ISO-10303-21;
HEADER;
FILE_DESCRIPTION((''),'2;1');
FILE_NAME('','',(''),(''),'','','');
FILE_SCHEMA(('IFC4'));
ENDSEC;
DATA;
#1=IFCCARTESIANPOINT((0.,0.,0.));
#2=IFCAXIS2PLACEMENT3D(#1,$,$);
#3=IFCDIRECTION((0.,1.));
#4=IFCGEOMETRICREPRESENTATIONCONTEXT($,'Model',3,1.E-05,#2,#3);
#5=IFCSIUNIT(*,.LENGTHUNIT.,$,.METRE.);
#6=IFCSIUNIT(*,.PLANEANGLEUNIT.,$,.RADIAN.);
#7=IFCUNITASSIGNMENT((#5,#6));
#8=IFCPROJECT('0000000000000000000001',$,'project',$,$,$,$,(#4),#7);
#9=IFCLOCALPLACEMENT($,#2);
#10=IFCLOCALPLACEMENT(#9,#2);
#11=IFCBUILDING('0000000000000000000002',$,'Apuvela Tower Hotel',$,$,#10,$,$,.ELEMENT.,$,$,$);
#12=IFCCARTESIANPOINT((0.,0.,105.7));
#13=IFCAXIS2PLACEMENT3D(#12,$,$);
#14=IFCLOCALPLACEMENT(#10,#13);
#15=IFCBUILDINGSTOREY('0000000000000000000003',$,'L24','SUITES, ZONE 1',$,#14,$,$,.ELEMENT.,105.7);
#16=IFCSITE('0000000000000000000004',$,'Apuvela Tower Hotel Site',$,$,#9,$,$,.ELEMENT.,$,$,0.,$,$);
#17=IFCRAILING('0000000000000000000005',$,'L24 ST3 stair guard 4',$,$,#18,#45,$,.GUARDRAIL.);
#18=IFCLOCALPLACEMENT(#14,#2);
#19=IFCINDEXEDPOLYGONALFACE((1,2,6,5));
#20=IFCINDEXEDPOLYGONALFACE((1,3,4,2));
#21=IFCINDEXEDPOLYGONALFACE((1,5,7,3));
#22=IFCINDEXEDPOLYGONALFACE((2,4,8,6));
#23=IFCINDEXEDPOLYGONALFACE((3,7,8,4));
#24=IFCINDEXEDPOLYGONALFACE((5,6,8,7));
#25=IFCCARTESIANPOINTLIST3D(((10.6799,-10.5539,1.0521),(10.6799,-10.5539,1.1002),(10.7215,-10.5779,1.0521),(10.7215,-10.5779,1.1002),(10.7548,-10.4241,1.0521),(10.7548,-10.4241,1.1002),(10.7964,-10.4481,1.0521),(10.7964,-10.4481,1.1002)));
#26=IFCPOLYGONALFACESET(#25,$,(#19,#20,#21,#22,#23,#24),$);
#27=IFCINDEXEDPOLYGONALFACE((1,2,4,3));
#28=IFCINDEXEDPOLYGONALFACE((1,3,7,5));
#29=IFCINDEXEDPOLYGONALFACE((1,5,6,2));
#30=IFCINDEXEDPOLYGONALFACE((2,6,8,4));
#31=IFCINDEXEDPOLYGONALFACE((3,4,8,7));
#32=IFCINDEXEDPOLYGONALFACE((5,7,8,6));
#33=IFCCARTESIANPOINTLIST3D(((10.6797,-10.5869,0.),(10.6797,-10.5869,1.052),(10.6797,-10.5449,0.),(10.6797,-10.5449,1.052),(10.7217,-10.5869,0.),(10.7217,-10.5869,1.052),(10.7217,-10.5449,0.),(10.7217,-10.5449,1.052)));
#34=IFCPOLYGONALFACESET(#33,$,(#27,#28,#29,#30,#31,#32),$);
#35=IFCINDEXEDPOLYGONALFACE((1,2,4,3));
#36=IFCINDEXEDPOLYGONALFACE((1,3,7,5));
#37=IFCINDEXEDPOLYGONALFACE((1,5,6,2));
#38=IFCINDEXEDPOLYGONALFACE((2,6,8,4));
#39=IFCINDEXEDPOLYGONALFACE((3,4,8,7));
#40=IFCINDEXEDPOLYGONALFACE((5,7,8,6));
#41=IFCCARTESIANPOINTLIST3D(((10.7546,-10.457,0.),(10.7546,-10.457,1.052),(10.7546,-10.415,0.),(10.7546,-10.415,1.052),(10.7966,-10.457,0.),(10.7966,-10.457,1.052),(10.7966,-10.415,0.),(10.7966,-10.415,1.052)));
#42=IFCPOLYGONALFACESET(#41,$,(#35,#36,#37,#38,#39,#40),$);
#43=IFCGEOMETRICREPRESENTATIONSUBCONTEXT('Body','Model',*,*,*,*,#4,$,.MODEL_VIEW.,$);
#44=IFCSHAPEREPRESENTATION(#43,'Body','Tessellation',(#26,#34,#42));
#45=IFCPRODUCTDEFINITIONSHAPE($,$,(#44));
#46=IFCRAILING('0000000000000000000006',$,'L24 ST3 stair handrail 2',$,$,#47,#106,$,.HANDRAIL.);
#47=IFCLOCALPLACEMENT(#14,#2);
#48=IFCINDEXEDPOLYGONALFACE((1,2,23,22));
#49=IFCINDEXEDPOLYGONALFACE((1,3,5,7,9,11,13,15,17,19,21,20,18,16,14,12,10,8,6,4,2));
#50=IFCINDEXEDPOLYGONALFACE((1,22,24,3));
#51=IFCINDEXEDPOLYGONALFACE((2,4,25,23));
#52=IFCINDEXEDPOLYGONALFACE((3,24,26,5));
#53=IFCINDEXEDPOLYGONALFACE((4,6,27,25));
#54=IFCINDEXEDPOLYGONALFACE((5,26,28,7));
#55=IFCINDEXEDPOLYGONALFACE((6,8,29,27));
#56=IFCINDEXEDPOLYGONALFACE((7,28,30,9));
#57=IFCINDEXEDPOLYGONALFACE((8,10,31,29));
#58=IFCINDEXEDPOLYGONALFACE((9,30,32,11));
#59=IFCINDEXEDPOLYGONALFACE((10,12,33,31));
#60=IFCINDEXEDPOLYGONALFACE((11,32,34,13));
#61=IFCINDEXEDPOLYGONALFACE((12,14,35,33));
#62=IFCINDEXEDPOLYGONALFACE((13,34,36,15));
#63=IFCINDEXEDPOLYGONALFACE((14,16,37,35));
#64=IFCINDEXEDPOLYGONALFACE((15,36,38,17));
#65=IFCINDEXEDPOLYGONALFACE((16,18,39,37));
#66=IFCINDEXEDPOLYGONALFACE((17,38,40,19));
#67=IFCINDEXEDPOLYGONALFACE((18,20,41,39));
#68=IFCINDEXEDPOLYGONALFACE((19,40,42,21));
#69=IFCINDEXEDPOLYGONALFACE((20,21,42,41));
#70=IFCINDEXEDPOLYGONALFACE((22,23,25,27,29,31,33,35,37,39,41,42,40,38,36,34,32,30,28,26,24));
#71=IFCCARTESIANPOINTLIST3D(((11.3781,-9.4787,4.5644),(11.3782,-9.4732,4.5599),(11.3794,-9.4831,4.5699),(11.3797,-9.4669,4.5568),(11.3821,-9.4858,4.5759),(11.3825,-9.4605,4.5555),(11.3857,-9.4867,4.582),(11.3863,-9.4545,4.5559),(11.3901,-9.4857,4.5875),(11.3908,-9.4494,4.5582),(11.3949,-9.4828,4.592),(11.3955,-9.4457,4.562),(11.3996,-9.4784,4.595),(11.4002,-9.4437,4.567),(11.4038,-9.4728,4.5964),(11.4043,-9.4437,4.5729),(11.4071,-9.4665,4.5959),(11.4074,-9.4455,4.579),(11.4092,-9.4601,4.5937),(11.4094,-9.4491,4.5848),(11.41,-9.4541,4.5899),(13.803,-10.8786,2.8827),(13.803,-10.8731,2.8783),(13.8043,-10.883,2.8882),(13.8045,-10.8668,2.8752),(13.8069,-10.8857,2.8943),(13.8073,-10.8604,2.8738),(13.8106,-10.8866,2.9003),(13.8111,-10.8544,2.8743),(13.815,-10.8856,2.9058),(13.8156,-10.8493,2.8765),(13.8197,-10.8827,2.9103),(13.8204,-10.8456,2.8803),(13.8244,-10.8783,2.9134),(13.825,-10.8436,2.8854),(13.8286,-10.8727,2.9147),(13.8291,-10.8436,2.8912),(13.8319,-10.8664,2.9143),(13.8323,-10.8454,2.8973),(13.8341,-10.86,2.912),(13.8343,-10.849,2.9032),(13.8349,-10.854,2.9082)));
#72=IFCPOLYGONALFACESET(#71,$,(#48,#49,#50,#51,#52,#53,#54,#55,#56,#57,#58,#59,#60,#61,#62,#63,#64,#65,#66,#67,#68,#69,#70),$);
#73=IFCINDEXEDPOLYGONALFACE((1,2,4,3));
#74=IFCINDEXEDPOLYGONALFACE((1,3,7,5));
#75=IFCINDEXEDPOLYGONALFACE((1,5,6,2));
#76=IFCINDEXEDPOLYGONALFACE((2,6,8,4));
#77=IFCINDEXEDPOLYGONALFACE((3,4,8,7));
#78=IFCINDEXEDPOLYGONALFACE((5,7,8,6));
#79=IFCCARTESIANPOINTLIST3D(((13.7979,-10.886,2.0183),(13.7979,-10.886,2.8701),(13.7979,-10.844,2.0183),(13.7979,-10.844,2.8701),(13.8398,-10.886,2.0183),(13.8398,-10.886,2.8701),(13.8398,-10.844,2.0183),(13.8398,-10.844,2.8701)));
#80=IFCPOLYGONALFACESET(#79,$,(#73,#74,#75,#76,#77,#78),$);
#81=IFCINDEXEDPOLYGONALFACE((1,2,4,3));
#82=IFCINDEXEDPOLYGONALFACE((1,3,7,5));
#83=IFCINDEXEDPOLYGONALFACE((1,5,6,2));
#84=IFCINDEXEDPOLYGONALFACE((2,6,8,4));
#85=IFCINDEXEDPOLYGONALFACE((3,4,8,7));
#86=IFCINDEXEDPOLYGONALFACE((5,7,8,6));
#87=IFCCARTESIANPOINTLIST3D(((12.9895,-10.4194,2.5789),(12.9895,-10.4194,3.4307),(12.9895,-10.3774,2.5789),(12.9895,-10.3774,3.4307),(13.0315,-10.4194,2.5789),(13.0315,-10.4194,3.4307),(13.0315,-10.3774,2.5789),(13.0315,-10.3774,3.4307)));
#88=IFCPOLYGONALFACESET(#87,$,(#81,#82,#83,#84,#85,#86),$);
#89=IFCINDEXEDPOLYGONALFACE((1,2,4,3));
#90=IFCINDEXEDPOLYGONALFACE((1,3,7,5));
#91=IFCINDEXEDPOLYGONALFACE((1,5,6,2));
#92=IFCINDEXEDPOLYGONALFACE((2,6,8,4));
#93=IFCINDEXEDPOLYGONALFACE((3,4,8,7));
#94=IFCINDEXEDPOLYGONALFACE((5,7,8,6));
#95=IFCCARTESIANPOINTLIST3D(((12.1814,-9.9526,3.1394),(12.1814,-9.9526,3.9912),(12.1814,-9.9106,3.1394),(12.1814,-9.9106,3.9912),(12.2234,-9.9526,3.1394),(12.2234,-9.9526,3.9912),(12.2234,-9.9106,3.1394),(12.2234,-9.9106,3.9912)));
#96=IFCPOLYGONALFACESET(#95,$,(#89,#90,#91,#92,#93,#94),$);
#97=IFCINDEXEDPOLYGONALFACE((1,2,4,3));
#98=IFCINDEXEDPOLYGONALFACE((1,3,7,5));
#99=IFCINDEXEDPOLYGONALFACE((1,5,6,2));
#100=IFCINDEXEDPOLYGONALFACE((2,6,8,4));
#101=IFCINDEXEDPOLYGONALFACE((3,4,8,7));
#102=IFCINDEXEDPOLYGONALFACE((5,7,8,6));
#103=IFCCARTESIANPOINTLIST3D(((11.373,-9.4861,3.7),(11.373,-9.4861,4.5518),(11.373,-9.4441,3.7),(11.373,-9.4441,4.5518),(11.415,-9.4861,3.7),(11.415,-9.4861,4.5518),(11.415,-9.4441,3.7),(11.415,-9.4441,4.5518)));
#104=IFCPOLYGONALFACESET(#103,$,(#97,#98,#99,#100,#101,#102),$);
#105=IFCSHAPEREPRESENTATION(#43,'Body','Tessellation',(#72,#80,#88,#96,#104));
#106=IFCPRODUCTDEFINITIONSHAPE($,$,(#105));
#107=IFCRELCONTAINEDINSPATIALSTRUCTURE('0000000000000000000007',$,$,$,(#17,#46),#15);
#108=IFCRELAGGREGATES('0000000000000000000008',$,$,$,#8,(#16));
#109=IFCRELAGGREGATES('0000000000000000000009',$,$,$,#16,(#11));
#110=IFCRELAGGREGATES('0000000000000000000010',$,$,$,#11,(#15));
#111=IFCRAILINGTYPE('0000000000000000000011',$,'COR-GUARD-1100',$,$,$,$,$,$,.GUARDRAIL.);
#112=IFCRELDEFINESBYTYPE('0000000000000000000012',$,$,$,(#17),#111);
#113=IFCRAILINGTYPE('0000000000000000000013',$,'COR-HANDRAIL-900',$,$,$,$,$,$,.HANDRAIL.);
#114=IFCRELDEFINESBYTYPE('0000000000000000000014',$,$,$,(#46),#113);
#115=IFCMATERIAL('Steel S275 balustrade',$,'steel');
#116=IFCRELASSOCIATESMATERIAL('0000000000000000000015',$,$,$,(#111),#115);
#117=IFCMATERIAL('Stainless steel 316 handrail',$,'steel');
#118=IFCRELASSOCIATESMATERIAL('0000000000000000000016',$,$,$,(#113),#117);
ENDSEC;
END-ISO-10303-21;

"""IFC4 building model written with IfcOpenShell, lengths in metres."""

from ifc_helpers import new_model, si_unit, direction, frame, origin, origin_2d, place, context, subcontext, project, spatial, rectangle, circle, extrude, material, type_object, element, save


model = new_model("IFC4")

# Units and contexts
model_context = context("Model", 3, precision=1e-05, world=origin(), true_north=direction((0.0, 1.0)))
body_context = subcontext(model_context, "Body", "Model", "MODEL_VIEW")
ifc_project = project(units=[si_unit("LENGTHUNIT", "METRE"), si_unit("PLANEANGLEUNIT", "RADIAN")], contexts=[model_context])

# Site, building, storey
site_placement = place(None, origin())
site = spatial("IfcSite", under=ifc_project, at=site_placement, Name="Apuvela Tower Hotel Site", CompositionType="ELEMENT", RefElevation=0.0)
building_placement = place(site_placement, origin())
building = spatial("IfcBuilding", under=site, at=building_placement, Name="Apuvela Tower Hotel", CompositionType="ELEMENT")
storey_placement = place(building_placement, frame((0.0, 0.0, 105.7)))
storey = spatial("IfcBuildingStorey", under=building, at=storey_placement, Name="L24", Description="SUITES, ZONE 1", CompositionType="ELEMENT", Elevation=105.7)

# Railings
ifc_material_1 = material(Name="Steel S275 balustrade", Category="steel")
railing_type_1 = type_object("IfcRailingType", Name="COR-GUARD-1100", PredefinedType="GUARDRAIL", material=ifc_material_1)
railing_1_placement = place(storey_placement, frame((10.7007, -10.5659, 0.0)))
element("IfcRailing", 1, at=railing_1_placement, inside=storey, type_object=railing_type_1, Name="L24 ST3 stair guard 4", PredefinedType="GUARDRAIL", context=body_context, shape_type="SweptSolid", body=[
    extrude(rectangle(XDim=0.0481, YDim=0.0481, at=origin_2d()), frame((0.0, 0.0, 1.0762), z_axis=(0.499816, 0.866131, 0.0), x_axis=(-0.866131, 0.499816, 0.0)), (0.0, 0.0, 1.0), 0.1499),
    extrude(rectangle(XDim=0.042, YDim=0.042, at=origin_2d()), origin(), (0.0, 0.0, 1.0), 1.052),
    extrude(rectangle(XDim=0.042, YDim=0.042, at=origin_2d()), frame((0.075, 0.1299, 0.0)), (0.0, 0.0, 1.0), 1.052),
])
ifc_material_2 = material(Name="Stainless steel 316 handrail", Category="steel")
railing_type_2 = type_object("IfcRailingType", Name="COR-HANDRAIL-900", PredefinedType="HANDRAIL", material=ifc_material_2)
railing_2_placement = place(storey_placement, frame((13.8188, -10.865, 2.0183)))
element("IfcRailing", 2, at=railing_2_placement, inside=storey, type_object=railing_type_2, Name="L24 ST3 stair handrail 2", PredefinedType="HANDRAIL", context=body_context, shape_type="SweptSolid", body=[
    extrude(circle(Radius=0.0239, at=origin_2d()), frame((0.0, 0.0, 0.876), z_axis=(-0.742419, 0.428618, 0.514879), x_axis=(-0.499984, -0.866035, 0.0)), (0.0, 0.0, 1.0), 3.2661),
    extrude(rectangle(XDim=0.042, YDim=0.042, at=origin_2d()), origin(), (0.0, 0.0, 1.0), 0.8518),
    extrude(rectangle(XDim=0.042, YDim=0.042, at=origin_2d()), frame((-0.8083, 0.4666, 0.5605)), (0.0, 0.0, 1.0), 0.8518),
    extrude(rectangle(XDim=0.042, YDim=0.042, at=origin_2d()), frame((-1.6165, 0.9333, 1.1211)), (0.0, 0.0, 1.0), 0.8518),
    extrude(rectangle(XDim=0.042, YDim=0.042, at=origin_2d()), frame((-2.4248, 1.3999, 1.6816)), (0.0, 0.0, 1.0), 0.8518),
])

save(model, "model.ifc")
